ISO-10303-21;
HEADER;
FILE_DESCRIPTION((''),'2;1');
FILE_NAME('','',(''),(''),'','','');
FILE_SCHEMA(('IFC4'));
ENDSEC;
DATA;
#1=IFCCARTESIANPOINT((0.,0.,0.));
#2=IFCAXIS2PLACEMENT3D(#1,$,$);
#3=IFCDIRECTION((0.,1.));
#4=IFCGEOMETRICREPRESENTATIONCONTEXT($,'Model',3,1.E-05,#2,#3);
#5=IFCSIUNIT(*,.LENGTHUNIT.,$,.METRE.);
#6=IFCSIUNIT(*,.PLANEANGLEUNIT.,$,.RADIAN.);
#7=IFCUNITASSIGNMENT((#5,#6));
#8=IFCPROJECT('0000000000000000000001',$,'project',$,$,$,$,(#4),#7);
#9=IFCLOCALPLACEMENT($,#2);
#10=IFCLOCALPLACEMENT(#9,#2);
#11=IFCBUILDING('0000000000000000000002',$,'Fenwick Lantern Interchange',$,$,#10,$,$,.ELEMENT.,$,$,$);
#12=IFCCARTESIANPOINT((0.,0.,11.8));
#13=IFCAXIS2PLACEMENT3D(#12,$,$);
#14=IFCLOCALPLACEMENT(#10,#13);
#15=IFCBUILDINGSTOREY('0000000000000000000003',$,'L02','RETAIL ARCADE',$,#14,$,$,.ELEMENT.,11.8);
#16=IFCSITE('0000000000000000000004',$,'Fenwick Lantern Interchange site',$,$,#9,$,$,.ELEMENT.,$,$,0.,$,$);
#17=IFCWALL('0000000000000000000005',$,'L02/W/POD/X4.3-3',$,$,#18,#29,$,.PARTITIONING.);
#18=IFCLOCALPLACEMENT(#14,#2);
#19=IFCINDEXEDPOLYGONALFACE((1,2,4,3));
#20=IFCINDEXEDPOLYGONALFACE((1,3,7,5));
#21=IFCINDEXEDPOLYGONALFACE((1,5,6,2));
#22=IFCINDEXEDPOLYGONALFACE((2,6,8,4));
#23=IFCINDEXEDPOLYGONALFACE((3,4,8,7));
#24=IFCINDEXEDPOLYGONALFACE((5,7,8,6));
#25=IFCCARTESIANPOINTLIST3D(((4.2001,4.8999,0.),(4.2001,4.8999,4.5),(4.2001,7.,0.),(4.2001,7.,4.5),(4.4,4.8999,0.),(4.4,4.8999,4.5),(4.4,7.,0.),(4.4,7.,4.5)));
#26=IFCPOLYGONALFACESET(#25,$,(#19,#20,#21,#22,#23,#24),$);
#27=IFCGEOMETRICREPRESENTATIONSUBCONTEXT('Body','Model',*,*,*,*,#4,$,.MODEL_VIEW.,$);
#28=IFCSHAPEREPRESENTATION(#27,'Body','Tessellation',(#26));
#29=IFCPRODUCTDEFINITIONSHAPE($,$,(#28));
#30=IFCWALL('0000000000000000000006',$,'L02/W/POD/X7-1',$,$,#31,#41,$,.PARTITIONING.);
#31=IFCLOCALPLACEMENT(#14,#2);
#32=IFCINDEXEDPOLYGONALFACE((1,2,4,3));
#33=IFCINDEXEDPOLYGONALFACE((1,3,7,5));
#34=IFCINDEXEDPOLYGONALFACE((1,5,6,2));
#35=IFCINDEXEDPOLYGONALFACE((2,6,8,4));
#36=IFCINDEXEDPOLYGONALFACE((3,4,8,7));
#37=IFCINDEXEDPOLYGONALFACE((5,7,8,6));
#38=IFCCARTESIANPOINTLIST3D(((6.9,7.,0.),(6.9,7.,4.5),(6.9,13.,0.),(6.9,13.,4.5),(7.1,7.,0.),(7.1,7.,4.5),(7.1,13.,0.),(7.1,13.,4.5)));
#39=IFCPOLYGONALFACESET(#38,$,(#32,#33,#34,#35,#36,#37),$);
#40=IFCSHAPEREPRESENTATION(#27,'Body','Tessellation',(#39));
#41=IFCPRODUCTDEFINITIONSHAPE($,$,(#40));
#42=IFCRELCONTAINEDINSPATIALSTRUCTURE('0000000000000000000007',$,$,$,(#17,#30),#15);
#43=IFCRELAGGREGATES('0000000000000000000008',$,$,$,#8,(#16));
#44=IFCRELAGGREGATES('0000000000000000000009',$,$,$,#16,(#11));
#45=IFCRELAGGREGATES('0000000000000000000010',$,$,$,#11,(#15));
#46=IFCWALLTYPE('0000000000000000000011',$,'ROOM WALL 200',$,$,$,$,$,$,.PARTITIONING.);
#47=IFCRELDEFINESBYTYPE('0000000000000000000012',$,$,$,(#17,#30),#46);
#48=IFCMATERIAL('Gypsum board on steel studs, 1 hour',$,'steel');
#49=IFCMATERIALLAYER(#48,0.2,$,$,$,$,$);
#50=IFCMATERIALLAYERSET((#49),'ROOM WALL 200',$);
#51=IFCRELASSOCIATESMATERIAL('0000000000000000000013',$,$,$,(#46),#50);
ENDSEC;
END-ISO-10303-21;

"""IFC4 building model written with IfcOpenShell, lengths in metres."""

from ifc_helpers import new_model, si_unit, direction, frame, frame_2d, origin, place, context, subcontext, project, spatial, rectangle, extrude, material, layer, layer_set, type_object, element, save


model = new_model("IFC4")

# Units and contexts
model_context = context("Model", 3, precision=1e-05, world=origin(), true_north=direction((0.0, 1.0)))
body_context = subcontext(model_context, "Body", "Model", "MODEL_VIEW")
ifc_project = project(units=[si_unit("LENGTHUNIT", "METRE"), si_unit("PLANEANGLEUNIT", "RADIAN")], contexts=[model_context])

# Site, building, storey
site_placement = place(None, origin())
site = spatial("IfcSite", under=ifc_project, at=site_placement, Name="Fenwick Lantern Interchange site", CompositionType="ELEMENT", RefElevation=0.0)
building_placement = place(site_placement, origin())
building = spatial("IfcBuilding", under=site, at=building_placement, Name="Fenwick Lantern Interchange", CompositionType="ELEMENT")
storey_placement = place(building_placement, frame((0.0, 0.0, 11.8)))
storey = spatial("IfcBuildingStorey", under=building, at=storey_placement, Name="L02", Description="RETAIL ARCADE", CompositionType="ELEMENT", Elevation=11.8)

# Walls
ifc_material_1 = material(Name="Gypsum board on steel studs, 1 hour", Category="steel")
ifc_layer = layer(ifc_material_1, 0.2)
ifc_layer_set = layer_set([ifc_layer], Name="ROOM WALL 200")
wall_type = type_object("IfcWallType", Name="ROOM WALL 200", PredefinedType="PARTITIONING", material=ifc_layer_set)
wall_1_placement = place(storey_placement, frame((4.3, 4.8999, 0.0), z_axis=(0.0, 0.0, 1.0), x_axis=(0.0, 1.0, 0.0)))
element("IfcWall", 1, at=wall_1_placement, inside=storey, type_object=wall_type, Name="L02/W/POD/X4.3-3", PredefinedType="PARTITIONING", context=body_context, shape_type="SweptSolid", body=[
    extrude(rectangle(XDim=2.1001, YDim=0.2, at=frame_2d((1.05, 0.0))), origin(), (0.0, 0.0, 1.0), 4.5),
])
wall_2_placement = place(storey_placement, frame((7.0, 7.0, 0.0), z_axis=(0.0, 0.0, 1.0), x_axis=(0.0, 1.0, 0.0)))
element("IfcWall", 2, at=wall_2_placement, inside=storey, type_object=wall_type, Name="L02/W/POD/X7-1", PredefinedType="PARTITIONING", context=body_context, shape_type="SweptSolid", body=[
    extrude(rectangle(XDim=6.0, YDim=0.2, at=frame_2d((3.0, 0.0))), origin(), (0.0, 0.0, 1.0), 4.5),
])

save(model, "model.ifc")
